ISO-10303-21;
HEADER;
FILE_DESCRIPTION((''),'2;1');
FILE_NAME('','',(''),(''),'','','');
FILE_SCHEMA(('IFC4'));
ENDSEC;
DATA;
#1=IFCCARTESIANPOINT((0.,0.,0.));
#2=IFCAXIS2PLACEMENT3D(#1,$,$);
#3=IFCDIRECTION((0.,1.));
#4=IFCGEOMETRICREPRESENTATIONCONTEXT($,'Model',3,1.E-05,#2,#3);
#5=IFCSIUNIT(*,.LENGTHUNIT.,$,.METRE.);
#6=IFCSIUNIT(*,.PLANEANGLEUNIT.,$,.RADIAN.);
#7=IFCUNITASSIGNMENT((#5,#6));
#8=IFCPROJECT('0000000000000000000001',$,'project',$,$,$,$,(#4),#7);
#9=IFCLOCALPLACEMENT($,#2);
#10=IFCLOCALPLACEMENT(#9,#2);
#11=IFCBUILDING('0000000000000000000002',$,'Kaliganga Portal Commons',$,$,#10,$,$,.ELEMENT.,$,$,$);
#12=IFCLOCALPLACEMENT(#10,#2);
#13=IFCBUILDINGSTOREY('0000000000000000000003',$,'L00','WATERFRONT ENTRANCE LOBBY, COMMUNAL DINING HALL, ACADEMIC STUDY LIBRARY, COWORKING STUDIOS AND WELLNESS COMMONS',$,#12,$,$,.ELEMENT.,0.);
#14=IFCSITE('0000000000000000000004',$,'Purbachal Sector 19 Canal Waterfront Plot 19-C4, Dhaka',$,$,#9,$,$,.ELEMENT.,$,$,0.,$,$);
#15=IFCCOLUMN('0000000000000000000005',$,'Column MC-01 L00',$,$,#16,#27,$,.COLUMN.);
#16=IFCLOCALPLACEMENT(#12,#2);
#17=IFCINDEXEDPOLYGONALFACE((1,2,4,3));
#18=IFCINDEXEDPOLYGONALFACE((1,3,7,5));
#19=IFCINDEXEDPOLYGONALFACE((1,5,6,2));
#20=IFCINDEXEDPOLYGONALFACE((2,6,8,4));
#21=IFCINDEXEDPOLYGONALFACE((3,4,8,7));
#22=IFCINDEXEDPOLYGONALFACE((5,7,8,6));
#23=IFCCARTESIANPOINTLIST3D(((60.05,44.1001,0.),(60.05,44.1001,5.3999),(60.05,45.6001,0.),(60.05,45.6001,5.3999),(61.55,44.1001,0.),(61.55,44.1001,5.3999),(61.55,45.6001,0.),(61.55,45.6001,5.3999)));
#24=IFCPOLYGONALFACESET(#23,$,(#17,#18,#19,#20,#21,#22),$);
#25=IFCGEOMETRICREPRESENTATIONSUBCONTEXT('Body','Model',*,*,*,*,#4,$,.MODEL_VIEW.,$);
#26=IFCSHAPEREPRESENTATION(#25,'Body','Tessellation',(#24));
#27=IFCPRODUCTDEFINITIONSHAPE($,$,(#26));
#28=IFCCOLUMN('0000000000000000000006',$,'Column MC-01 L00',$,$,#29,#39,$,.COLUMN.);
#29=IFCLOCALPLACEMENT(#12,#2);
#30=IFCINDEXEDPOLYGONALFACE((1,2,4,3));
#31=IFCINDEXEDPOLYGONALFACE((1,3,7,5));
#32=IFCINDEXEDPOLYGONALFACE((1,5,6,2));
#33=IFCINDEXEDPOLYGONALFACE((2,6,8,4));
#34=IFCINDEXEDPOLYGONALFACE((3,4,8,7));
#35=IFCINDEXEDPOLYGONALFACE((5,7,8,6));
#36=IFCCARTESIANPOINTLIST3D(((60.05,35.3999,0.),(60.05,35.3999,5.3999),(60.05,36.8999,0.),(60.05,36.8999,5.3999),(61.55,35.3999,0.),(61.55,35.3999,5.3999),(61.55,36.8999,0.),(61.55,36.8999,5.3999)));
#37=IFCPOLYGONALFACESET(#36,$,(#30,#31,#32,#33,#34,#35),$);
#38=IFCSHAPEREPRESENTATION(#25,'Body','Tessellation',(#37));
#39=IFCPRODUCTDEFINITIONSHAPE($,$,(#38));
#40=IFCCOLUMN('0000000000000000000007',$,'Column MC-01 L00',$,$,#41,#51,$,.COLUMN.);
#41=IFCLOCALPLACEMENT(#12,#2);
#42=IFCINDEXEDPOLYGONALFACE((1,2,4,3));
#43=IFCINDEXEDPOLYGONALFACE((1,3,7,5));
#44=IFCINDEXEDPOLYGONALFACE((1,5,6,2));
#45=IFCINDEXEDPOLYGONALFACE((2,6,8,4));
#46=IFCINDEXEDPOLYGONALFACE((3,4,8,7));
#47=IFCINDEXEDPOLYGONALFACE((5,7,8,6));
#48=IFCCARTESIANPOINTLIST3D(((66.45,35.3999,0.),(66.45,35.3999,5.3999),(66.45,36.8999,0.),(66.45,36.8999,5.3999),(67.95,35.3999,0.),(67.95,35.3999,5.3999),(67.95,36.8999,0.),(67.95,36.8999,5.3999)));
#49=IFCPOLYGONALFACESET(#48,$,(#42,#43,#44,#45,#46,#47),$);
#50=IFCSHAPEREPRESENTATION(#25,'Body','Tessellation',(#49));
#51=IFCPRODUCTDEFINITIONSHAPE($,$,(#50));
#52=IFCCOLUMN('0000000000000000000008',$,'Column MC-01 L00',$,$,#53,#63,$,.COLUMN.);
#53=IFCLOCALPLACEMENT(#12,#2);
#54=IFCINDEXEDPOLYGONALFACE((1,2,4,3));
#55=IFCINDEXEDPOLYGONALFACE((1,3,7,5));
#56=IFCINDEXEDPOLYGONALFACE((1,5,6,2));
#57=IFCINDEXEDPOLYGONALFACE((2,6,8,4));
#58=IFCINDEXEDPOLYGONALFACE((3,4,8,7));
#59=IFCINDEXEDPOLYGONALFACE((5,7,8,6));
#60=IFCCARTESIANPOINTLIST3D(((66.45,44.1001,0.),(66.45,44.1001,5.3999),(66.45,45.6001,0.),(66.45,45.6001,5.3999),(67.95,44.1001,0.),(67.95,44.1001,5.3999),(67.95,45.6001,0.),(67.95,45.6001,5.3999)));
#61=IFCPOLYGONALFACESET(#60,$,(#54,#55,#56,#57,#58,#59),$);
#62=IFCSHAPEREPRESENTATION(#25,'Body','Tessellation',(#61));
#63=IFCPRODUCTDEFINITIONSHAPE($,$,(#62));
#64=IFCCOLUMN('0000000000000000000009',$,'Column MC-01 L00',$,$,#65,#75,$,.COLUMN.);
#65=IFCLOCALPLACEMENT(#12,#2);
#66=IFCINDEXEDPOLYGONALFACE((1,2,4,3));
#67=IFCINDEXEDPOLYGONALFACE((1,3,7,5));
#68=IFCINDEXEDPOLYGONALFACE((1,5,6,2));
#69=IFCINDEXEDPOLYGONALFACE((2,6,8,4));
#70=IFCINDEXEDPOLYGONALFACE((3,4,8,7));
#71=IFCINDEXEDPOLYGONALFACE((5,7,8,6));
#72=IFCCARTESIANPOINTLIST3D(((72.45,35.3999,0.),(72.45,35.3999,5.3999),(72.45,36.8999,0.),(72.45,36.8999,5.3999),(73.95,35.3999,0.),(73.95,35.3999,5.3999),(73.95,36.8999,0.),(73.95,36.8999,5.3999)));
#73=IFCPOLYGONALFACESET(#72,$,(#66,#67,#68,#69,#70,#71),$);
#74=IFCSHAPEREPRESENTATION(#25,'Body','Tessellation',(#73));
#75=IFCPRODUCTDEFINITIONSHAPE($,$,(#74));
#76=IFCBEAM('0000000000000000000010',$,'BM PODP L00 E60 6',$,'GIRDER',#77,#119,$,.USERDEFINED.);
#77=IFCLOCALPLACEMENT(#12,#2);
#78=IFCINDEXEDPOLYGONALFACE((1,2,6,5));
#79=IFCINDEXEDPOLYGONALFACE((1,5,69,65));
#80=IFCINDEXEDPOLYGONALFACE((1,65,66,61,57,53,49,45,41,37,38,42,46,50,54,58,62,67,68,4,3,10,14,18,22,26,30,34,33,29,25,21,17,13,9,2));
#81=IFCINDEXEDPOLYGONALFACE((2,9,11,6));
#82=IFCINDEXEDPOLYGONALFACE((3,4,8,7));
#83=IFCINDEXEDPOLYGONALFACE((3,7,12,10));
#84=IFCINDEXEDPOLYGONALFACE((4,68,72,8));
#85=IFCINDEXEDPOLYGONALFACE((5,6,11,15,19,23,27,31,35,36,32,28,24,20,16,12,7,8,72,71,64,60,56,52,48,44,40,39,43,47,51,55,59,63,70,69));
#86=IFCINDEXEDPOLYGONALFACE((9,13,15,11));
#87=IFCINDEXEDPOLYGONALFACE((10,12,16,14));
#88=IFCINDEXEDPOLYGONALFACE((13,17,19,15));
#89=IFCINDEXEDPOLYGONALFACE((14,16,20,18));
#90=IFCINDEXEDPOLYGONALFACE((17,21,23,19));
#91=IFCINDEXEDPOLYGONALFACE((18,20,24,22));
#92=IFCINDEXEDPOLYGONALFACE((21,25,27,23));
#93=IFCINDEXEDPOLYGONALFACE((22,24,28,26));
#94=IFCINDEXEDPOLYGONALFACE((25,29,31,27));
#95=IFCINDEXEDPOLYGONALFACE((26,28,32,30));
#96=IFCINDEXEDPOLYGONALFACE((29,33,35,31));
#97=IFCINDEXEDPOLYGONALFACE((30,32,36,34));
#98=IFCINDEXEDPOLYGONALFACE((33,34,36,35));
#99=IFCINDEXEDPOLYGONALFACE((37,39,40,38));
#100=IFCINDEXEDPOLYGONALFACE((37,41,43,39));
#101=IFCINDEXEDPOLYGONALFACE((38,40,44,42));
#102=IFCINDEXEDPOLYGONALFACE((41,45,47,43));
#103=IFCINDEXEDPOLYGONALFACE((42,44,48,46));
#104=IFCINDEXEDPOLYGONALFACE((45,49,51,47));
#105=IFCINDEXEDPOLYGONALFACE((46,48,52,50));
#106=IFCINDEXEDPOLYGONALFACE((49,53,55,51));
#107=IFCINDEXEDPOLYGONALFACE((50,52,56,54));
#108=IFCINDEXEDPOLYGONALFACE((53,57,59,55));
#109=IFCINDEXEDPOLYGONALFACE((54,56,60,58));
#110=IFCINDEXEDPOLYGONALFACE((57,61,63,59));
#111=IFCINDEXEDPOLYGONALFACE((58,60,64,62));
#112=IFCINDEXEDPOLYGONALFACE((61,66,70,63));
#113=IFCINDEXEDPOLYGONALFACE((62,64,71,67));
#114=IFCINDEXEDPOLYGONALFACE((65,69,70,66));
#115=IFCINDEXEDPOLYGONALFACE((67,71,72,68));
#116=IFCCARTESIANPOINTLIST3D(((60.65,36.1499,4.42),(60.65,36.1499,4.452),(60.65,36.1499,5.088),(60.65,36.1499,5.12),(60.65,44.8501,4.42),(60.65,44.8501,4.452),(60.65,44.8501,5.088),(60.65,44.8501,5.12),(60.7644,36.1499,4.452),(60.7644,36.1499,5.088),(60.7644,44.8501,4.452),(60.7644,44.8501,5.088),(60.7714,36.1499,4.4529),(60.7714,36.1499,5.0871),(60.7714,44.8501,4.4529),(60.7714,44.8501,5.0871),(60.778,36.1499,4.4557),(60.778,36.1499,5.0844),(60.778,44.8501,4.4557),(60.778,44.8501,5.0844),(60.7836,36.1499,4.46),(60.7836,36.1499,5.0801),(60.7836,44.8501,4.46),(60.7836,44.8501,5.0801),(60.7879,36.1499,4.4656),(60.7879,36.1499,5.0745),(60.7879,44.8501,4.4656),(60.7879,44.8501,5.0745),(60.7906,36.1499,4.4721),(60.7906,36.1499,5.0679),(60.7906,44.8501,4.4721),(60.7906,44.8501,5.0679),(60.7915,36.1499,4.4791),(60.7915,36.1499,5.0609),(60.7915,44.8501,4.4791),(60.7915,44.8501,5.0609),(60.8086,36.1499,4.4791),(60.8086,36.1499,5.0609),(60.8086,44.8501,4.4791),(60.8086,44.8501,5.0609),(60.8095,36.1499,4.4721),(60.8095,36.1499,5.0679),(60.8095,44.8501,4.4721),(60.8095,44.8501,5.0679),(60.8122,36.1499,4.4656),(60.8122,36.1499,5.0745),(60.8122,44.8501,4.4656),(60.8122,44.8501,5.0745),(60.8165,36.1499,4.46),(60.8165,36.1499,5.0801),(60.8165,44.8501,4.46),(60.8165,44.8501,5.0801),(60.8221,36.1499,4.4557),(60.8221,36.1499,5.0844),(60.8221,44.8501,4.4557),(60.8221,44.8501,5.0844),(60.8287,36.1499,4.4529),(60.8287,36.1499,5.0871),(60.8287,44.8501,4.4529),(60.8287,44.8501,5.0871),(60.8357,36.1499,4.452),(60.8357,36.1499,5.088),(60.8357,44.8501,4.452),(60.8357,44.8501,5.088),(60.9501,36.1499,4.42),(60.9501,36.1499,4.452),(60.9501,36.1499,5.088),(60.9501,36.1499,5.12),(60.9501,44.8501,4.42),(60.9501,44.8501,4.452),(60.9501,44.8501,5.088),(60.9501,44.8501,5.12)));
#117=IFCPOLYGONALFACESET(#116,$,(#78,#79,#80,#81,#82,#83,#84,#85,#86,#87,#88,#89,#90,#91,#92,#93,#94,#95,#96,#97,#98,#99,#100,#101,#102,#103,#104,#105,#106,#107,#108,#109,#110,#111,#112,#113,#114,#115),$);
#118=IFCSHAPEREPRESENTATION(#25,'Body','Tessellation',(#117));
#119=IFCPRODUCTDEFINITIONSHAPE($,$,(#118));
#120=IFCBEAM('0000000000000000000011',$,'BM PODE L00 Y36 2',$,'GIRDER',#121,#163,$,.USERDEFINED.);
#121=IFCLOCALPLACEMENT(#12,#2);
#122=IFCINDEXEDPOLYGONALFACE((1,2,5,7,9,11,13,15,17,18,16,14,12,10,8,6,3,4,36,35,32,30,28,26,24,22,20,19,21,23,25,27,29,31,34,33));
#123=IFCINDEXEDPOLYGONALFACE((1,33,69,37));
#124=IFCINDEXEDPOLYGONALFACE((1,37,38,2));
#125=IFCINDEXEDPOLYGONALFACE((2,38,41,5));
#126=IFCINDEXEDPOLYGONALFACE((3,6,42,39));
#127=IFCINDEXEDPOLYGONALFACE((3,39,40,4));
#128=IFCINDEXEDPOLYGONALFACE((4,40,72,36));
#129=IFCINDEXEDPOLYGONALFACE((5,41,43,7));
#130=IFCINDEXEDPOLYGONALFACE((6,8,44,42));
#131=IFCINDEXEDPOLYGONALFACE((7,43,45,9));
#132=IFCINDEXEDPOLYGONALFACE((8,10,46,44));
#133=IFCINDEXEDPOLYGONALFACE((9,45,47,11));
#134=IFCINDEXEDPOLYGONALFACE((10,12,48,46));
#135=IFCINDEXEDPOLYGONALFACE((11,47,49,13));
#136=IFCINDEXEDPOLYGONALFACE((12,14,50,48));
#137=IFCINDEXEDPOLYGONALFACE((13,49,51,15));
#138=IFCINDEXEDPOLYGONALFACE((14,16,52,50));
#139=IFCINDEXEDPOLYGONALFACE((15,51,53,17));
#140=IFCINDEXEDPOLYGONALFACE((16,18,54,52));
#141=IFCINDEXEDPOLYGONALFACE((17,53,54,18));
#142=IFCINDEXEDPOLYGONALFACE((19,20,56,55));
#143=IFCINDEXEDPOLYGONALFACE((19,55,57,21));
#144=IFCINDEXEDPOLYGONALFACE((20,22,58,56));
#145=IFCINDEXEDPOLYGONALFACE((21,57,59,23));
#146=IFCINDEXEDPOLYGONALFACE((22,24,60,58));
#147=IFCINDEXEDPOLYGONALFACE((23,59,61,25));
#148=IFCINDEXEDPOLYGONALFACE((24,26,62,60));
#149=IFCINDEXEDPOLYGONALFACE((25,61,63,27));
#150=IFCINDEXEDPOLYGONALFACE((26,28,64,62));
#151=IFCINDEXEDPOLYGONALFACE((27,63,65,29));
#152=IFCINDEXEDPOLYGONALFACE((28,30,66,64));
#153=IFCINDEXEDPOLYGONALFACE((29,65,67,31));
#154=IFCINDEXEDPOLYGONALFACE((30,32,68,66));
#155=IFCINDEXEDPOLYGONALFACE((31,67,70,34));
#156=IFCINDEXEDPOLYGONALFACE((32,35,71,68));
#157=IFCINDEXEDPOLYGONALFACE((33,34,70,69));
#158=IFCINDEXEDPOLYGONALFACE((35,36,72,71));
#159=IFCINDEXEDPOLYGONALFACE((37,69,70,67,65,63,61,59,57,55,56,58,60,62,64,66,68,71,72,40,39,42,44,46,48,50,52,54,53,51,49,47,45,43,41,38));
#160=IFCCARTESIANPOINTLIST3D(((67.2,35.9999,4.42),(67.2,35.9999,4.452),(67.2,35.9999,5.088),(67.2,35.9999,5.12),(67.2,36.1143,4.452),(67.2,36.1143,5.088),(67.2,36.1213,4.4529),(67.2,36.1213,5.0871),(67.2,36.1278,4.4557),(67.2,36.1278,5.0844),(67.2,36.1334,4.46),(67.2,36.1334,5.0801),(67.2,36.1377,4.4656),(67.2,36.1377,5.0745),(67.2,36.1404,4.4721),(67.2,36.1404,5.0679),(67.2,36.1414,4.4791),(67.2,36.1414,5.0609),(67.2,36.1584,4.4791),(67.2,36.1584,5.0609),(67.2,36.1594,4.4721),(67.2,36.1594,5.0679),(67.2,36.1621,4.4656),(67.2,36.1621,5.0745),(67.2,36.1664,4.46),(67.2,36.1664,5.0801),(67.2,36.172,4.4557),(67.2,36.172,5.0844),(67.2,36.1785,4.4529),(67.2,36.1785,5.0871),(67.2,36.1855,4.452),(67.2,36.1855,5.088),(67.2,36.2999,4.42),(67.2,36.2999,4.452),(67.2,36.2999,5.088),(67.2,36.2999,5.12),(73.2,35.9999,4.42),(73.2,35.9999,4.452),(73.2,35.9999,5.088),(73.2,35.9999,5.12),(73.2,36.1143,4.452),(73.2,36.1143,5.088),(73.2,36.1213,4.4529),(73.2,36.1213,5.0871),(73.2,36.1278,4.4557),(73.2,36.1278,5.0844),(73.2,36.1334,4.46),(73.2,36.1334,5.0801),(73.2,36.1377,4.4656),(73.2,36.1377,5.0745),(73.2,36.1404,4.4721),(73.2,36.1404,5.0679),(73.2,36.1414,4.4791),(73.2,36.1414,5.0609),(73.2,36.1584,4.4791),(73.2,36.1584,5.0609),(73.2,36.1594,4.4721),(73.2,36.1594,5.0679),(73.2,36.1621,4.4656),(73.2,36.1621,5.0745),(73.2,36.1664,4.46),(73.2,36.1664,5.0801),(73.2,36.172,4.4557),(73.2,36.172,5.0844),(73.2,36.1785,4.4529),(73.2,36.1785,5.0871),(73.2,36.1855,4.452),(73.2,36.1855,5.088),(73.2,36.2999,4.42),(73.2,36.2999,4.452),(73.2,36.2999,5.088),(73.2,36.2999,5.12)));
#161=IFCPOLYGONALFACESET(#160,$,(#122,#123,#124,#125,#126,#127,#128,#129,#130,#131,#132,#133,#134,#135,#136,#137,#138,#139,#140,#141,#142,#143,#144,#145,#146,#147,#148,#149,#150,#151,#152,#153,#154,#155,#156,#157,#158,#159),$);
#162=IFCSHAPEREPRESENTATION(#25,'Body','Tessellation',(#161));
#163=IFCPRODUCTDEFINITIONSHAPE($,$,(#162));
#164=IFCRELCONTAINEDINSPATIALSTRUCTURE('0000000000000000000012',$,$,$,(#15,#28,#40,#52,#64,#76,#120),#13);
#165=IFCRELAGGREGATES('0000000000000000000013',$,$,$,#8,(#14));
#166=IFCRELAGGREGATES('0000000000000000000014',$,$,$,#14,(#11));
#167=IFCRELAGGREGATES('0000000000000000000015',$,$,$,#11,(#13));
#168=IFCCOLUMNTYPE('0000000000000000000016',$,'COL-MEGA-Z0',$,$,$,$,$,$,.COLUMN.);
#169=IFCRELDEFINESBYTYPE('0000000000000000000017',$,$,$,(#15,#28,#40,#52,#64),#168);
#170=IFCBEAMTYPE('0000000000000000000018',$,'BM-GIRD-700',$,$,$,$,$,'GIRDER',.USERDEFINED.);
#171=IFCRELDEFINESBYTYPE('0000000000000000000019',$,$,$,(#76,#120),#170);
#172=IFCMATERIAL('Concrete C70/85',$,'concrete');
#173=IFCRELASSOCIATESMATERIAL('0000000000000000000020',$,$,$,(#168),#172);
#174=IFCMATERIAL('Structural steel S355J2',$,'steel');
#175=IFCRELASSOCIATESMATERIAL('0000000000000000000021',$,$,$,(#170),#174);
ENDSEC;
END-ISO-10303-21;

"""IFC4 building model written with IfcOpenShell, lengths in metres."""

from ifc_helpers import new_model, si_unit, direction, frame, origin, origin_2d, place, context, subcontext, project, spatial, rectangle, i_section, extrude, source, transform, mapped, material, material_profile, profile_set, type_object, element, save


model = new_model("IFC4")

# Units and contexts
model_context = context("Model", 3, precision=1e-05, world=origin(), true_north=direction((0.0, 1.0)))
body_context = subcontext(model_context, "Body", "Model", "MODEL_VIEW")
ifc_project = project(units=[si_unit("LENGTHUNIT", "METRE"), si_unit("PLANEANGLEUNIT", "RADIAN")], contexts=[model_context])

# Site, building, storey
site_placement = place(None, origin())
site = spatial("IfcSite", under=ifc_project, at=site_placement, Name="Purbachal Sector 19 Canal Waterfront Plot 19-C4, Dhaka", CompositionType="ELEMENT", RefElevation=0.0)
building_placement = place(site_placement, origin())
building = spatial("IfcBuilding", under=site, at=building_placement, Name="Kaliganga Portal Commons", CompositionType="ELEMENT")
storey_placement = place(building_placement, origin())
storey = spatial("IfcBuildingStorey", under=building, at=storey_placement, Name="L00", Description="WATERFRONT ENTRANCE LOBBY, COMMUNAL DINING HALL, ACADEMIC STUDY LIBRARY, COWORKING STUDIOS AND WELLNESS COMMONS", CompositionType="ELEMENT", Elevation=0.0)

# Columns
ifc_material_1 = material(Name="Concrete C70/85", Category="concrete")
ifc_material_profile_1 = material_profile(ifc_material_1, rectangle(XDim=1.5, YDim=1.5, at=origin_2d()), Name="RC 1500x1500")
ifc_profile_set_1 = profile_set([ifc_material_profile_1], Name="Concrete C70/85")
column_type = type_object("IfcColumnType", Name="COL-MEGA-Z0", PredefinedType="COLUMN", material=ifc_profile_set_1)
shared_shape_1 = source(origin(), body_context, "Body", "SweptSolid", [
    extrude(rectangle(XDim=1.5, YDim=1.5, at=origin_2d()), origin(), (0.0, 0.0, 1.0), 5.3999),
])
for number, where, z_axis, x_axis, name in (
    (1, (60.8, 44.8501, 0.0), (0.0, 0.0, 1.0), (1.0, 0.0, 0.0), "Column MC-01 L00"),
    (2, (60.8, 36.1499, 0.0), (0.0, 0.0, 1.0), (1.0, 0.0, 0.0), "Column MC-01 L00"),
    (3, (67.2, 36.1499, 0.0), (0.0, 0.0, 1.0), (1.0, 0.0, 0.0), "Column MC-01 L00"),
    (4, (67.2, 44.8501, 0.0), (0.0, 0.0, 1.0), (1.0, 0.0, 0.0), "Column MC-01 L00"),
    (5, (73.2, 36.1499, 0.0), (0.0, 0.0, 1.0), (1.0, 0.0, 0.0), "Column MC-01 L00"),
):
    element("IfcColumn", number, at=place(storey_placement, frame(where, z_axis=z_axis, x_axis=x_axis)), inside=storey, type_object=column_type, Name=name, PredefinedType="COLUMN", context=body_context, shape_type="MappedRepresentation", body=[
        mapped(shared_shape_1, transform((0.0, 0.0, 0.0), x_axis=(1.0, 0.0, 0.0), y_axis=(0.0, 1.0, 0.0), z_axis=(0.0, 0.0, 1.0), scale=1.0)),
    ])

# Beams
ifc_material_2 = material(Name="Structural steel S355J2", Category="steel")
ifc_material_profile_2 = material_profile(ifc_material_2, i_section(OverallWidth=0.3, OverallDepth=0.7, WebThickness=0.0171, FlangeThickness=0.032, FilletRadius=0.0271, at=origin_2d()), Name="HE 700 B")
ifc_profile_set_2 = profile_set([ifc_material_profile_2], Name="Structural steel S355J2 wide-flange")
beam_type_1 = type_object("IfcBeamType", Name="BM-GIRD-700", ElementType="GIRDER", PredefinedType="USERDEFINED", material=ifc_profile_set_2)
shared_shape_2 = source(origin(), body_context, "Body", "SweptSolid", [
    extrude(i_section(OverallWidth=0.3, OverallDepth=0.7, WebThickness=0.0171, FlangeThickness=0.032, FilletRadius=0.0271, at=origin_2d()), origin(), (0.0, 0.0, 1.0), 8.7002),
])
beam_1_placement = place(storey_placement, frame((60.8, 36.1499, 4.77), z_axis=(0.0, 1.0, 0.0), x_axis=(-1.0, 0.0, 0.0)))
element("IfcBeam", 6, at=beam_1_placement, inside=storey, type_object=beam_type_1, Name="BM PODP L00 E60 6", ObjectType="GIRDER", PredefinedType="USERDEFINED", context=body_context, shape_type="MappedRepresentation", body=[
    mapped(shared_shape_2, transform((0.0, 0.0, 0.0), x_axis=(1.0, 0.0, 0.0), y_axis=(0.0, 1.0, 0.0), z_axis=(0.0, 0.0, 1.0), scale=1.0)),
])
shared_shape_3 = source(origin(), body_context, "Body", "SweptSolid", [
    extrude(i_section(OverallWidth=0.3, OverallDepth=0.7, WebThickness=0.0171, FlangeThickness=0.032, FilletRadius=0.0271, at=origin_2d()), origin(), (0.0, 0.0, 1.0), 6.0),
])
beam_2_placement = place(storey_placement, frame((67.2, 36.1499, 4.77), z_axis=(1.0, 0.0, 0.0), x_axis=(0.0, 1.0, 0.0)))
element("IfcBeam", 7, at=beam_2_placement, inside=storey, type_object=beam_type_1, Name="BM PODE L00 Y36 2", ObjectType="GIRDER", PredefinedType="USERDEFINED", context=body_context, shape_type="MappedRepresentation", body=[
    mapped(shared_shape_3, transform((0.0, 0.0, 0.0), x_axis=(1.0, 0.0, 0.0), y_axis=(0.0, 1.0, 0.0), z_axis=(0.0, 0.0, 1.0), scale=1.0)),
])

save(model, "model.ifc")
